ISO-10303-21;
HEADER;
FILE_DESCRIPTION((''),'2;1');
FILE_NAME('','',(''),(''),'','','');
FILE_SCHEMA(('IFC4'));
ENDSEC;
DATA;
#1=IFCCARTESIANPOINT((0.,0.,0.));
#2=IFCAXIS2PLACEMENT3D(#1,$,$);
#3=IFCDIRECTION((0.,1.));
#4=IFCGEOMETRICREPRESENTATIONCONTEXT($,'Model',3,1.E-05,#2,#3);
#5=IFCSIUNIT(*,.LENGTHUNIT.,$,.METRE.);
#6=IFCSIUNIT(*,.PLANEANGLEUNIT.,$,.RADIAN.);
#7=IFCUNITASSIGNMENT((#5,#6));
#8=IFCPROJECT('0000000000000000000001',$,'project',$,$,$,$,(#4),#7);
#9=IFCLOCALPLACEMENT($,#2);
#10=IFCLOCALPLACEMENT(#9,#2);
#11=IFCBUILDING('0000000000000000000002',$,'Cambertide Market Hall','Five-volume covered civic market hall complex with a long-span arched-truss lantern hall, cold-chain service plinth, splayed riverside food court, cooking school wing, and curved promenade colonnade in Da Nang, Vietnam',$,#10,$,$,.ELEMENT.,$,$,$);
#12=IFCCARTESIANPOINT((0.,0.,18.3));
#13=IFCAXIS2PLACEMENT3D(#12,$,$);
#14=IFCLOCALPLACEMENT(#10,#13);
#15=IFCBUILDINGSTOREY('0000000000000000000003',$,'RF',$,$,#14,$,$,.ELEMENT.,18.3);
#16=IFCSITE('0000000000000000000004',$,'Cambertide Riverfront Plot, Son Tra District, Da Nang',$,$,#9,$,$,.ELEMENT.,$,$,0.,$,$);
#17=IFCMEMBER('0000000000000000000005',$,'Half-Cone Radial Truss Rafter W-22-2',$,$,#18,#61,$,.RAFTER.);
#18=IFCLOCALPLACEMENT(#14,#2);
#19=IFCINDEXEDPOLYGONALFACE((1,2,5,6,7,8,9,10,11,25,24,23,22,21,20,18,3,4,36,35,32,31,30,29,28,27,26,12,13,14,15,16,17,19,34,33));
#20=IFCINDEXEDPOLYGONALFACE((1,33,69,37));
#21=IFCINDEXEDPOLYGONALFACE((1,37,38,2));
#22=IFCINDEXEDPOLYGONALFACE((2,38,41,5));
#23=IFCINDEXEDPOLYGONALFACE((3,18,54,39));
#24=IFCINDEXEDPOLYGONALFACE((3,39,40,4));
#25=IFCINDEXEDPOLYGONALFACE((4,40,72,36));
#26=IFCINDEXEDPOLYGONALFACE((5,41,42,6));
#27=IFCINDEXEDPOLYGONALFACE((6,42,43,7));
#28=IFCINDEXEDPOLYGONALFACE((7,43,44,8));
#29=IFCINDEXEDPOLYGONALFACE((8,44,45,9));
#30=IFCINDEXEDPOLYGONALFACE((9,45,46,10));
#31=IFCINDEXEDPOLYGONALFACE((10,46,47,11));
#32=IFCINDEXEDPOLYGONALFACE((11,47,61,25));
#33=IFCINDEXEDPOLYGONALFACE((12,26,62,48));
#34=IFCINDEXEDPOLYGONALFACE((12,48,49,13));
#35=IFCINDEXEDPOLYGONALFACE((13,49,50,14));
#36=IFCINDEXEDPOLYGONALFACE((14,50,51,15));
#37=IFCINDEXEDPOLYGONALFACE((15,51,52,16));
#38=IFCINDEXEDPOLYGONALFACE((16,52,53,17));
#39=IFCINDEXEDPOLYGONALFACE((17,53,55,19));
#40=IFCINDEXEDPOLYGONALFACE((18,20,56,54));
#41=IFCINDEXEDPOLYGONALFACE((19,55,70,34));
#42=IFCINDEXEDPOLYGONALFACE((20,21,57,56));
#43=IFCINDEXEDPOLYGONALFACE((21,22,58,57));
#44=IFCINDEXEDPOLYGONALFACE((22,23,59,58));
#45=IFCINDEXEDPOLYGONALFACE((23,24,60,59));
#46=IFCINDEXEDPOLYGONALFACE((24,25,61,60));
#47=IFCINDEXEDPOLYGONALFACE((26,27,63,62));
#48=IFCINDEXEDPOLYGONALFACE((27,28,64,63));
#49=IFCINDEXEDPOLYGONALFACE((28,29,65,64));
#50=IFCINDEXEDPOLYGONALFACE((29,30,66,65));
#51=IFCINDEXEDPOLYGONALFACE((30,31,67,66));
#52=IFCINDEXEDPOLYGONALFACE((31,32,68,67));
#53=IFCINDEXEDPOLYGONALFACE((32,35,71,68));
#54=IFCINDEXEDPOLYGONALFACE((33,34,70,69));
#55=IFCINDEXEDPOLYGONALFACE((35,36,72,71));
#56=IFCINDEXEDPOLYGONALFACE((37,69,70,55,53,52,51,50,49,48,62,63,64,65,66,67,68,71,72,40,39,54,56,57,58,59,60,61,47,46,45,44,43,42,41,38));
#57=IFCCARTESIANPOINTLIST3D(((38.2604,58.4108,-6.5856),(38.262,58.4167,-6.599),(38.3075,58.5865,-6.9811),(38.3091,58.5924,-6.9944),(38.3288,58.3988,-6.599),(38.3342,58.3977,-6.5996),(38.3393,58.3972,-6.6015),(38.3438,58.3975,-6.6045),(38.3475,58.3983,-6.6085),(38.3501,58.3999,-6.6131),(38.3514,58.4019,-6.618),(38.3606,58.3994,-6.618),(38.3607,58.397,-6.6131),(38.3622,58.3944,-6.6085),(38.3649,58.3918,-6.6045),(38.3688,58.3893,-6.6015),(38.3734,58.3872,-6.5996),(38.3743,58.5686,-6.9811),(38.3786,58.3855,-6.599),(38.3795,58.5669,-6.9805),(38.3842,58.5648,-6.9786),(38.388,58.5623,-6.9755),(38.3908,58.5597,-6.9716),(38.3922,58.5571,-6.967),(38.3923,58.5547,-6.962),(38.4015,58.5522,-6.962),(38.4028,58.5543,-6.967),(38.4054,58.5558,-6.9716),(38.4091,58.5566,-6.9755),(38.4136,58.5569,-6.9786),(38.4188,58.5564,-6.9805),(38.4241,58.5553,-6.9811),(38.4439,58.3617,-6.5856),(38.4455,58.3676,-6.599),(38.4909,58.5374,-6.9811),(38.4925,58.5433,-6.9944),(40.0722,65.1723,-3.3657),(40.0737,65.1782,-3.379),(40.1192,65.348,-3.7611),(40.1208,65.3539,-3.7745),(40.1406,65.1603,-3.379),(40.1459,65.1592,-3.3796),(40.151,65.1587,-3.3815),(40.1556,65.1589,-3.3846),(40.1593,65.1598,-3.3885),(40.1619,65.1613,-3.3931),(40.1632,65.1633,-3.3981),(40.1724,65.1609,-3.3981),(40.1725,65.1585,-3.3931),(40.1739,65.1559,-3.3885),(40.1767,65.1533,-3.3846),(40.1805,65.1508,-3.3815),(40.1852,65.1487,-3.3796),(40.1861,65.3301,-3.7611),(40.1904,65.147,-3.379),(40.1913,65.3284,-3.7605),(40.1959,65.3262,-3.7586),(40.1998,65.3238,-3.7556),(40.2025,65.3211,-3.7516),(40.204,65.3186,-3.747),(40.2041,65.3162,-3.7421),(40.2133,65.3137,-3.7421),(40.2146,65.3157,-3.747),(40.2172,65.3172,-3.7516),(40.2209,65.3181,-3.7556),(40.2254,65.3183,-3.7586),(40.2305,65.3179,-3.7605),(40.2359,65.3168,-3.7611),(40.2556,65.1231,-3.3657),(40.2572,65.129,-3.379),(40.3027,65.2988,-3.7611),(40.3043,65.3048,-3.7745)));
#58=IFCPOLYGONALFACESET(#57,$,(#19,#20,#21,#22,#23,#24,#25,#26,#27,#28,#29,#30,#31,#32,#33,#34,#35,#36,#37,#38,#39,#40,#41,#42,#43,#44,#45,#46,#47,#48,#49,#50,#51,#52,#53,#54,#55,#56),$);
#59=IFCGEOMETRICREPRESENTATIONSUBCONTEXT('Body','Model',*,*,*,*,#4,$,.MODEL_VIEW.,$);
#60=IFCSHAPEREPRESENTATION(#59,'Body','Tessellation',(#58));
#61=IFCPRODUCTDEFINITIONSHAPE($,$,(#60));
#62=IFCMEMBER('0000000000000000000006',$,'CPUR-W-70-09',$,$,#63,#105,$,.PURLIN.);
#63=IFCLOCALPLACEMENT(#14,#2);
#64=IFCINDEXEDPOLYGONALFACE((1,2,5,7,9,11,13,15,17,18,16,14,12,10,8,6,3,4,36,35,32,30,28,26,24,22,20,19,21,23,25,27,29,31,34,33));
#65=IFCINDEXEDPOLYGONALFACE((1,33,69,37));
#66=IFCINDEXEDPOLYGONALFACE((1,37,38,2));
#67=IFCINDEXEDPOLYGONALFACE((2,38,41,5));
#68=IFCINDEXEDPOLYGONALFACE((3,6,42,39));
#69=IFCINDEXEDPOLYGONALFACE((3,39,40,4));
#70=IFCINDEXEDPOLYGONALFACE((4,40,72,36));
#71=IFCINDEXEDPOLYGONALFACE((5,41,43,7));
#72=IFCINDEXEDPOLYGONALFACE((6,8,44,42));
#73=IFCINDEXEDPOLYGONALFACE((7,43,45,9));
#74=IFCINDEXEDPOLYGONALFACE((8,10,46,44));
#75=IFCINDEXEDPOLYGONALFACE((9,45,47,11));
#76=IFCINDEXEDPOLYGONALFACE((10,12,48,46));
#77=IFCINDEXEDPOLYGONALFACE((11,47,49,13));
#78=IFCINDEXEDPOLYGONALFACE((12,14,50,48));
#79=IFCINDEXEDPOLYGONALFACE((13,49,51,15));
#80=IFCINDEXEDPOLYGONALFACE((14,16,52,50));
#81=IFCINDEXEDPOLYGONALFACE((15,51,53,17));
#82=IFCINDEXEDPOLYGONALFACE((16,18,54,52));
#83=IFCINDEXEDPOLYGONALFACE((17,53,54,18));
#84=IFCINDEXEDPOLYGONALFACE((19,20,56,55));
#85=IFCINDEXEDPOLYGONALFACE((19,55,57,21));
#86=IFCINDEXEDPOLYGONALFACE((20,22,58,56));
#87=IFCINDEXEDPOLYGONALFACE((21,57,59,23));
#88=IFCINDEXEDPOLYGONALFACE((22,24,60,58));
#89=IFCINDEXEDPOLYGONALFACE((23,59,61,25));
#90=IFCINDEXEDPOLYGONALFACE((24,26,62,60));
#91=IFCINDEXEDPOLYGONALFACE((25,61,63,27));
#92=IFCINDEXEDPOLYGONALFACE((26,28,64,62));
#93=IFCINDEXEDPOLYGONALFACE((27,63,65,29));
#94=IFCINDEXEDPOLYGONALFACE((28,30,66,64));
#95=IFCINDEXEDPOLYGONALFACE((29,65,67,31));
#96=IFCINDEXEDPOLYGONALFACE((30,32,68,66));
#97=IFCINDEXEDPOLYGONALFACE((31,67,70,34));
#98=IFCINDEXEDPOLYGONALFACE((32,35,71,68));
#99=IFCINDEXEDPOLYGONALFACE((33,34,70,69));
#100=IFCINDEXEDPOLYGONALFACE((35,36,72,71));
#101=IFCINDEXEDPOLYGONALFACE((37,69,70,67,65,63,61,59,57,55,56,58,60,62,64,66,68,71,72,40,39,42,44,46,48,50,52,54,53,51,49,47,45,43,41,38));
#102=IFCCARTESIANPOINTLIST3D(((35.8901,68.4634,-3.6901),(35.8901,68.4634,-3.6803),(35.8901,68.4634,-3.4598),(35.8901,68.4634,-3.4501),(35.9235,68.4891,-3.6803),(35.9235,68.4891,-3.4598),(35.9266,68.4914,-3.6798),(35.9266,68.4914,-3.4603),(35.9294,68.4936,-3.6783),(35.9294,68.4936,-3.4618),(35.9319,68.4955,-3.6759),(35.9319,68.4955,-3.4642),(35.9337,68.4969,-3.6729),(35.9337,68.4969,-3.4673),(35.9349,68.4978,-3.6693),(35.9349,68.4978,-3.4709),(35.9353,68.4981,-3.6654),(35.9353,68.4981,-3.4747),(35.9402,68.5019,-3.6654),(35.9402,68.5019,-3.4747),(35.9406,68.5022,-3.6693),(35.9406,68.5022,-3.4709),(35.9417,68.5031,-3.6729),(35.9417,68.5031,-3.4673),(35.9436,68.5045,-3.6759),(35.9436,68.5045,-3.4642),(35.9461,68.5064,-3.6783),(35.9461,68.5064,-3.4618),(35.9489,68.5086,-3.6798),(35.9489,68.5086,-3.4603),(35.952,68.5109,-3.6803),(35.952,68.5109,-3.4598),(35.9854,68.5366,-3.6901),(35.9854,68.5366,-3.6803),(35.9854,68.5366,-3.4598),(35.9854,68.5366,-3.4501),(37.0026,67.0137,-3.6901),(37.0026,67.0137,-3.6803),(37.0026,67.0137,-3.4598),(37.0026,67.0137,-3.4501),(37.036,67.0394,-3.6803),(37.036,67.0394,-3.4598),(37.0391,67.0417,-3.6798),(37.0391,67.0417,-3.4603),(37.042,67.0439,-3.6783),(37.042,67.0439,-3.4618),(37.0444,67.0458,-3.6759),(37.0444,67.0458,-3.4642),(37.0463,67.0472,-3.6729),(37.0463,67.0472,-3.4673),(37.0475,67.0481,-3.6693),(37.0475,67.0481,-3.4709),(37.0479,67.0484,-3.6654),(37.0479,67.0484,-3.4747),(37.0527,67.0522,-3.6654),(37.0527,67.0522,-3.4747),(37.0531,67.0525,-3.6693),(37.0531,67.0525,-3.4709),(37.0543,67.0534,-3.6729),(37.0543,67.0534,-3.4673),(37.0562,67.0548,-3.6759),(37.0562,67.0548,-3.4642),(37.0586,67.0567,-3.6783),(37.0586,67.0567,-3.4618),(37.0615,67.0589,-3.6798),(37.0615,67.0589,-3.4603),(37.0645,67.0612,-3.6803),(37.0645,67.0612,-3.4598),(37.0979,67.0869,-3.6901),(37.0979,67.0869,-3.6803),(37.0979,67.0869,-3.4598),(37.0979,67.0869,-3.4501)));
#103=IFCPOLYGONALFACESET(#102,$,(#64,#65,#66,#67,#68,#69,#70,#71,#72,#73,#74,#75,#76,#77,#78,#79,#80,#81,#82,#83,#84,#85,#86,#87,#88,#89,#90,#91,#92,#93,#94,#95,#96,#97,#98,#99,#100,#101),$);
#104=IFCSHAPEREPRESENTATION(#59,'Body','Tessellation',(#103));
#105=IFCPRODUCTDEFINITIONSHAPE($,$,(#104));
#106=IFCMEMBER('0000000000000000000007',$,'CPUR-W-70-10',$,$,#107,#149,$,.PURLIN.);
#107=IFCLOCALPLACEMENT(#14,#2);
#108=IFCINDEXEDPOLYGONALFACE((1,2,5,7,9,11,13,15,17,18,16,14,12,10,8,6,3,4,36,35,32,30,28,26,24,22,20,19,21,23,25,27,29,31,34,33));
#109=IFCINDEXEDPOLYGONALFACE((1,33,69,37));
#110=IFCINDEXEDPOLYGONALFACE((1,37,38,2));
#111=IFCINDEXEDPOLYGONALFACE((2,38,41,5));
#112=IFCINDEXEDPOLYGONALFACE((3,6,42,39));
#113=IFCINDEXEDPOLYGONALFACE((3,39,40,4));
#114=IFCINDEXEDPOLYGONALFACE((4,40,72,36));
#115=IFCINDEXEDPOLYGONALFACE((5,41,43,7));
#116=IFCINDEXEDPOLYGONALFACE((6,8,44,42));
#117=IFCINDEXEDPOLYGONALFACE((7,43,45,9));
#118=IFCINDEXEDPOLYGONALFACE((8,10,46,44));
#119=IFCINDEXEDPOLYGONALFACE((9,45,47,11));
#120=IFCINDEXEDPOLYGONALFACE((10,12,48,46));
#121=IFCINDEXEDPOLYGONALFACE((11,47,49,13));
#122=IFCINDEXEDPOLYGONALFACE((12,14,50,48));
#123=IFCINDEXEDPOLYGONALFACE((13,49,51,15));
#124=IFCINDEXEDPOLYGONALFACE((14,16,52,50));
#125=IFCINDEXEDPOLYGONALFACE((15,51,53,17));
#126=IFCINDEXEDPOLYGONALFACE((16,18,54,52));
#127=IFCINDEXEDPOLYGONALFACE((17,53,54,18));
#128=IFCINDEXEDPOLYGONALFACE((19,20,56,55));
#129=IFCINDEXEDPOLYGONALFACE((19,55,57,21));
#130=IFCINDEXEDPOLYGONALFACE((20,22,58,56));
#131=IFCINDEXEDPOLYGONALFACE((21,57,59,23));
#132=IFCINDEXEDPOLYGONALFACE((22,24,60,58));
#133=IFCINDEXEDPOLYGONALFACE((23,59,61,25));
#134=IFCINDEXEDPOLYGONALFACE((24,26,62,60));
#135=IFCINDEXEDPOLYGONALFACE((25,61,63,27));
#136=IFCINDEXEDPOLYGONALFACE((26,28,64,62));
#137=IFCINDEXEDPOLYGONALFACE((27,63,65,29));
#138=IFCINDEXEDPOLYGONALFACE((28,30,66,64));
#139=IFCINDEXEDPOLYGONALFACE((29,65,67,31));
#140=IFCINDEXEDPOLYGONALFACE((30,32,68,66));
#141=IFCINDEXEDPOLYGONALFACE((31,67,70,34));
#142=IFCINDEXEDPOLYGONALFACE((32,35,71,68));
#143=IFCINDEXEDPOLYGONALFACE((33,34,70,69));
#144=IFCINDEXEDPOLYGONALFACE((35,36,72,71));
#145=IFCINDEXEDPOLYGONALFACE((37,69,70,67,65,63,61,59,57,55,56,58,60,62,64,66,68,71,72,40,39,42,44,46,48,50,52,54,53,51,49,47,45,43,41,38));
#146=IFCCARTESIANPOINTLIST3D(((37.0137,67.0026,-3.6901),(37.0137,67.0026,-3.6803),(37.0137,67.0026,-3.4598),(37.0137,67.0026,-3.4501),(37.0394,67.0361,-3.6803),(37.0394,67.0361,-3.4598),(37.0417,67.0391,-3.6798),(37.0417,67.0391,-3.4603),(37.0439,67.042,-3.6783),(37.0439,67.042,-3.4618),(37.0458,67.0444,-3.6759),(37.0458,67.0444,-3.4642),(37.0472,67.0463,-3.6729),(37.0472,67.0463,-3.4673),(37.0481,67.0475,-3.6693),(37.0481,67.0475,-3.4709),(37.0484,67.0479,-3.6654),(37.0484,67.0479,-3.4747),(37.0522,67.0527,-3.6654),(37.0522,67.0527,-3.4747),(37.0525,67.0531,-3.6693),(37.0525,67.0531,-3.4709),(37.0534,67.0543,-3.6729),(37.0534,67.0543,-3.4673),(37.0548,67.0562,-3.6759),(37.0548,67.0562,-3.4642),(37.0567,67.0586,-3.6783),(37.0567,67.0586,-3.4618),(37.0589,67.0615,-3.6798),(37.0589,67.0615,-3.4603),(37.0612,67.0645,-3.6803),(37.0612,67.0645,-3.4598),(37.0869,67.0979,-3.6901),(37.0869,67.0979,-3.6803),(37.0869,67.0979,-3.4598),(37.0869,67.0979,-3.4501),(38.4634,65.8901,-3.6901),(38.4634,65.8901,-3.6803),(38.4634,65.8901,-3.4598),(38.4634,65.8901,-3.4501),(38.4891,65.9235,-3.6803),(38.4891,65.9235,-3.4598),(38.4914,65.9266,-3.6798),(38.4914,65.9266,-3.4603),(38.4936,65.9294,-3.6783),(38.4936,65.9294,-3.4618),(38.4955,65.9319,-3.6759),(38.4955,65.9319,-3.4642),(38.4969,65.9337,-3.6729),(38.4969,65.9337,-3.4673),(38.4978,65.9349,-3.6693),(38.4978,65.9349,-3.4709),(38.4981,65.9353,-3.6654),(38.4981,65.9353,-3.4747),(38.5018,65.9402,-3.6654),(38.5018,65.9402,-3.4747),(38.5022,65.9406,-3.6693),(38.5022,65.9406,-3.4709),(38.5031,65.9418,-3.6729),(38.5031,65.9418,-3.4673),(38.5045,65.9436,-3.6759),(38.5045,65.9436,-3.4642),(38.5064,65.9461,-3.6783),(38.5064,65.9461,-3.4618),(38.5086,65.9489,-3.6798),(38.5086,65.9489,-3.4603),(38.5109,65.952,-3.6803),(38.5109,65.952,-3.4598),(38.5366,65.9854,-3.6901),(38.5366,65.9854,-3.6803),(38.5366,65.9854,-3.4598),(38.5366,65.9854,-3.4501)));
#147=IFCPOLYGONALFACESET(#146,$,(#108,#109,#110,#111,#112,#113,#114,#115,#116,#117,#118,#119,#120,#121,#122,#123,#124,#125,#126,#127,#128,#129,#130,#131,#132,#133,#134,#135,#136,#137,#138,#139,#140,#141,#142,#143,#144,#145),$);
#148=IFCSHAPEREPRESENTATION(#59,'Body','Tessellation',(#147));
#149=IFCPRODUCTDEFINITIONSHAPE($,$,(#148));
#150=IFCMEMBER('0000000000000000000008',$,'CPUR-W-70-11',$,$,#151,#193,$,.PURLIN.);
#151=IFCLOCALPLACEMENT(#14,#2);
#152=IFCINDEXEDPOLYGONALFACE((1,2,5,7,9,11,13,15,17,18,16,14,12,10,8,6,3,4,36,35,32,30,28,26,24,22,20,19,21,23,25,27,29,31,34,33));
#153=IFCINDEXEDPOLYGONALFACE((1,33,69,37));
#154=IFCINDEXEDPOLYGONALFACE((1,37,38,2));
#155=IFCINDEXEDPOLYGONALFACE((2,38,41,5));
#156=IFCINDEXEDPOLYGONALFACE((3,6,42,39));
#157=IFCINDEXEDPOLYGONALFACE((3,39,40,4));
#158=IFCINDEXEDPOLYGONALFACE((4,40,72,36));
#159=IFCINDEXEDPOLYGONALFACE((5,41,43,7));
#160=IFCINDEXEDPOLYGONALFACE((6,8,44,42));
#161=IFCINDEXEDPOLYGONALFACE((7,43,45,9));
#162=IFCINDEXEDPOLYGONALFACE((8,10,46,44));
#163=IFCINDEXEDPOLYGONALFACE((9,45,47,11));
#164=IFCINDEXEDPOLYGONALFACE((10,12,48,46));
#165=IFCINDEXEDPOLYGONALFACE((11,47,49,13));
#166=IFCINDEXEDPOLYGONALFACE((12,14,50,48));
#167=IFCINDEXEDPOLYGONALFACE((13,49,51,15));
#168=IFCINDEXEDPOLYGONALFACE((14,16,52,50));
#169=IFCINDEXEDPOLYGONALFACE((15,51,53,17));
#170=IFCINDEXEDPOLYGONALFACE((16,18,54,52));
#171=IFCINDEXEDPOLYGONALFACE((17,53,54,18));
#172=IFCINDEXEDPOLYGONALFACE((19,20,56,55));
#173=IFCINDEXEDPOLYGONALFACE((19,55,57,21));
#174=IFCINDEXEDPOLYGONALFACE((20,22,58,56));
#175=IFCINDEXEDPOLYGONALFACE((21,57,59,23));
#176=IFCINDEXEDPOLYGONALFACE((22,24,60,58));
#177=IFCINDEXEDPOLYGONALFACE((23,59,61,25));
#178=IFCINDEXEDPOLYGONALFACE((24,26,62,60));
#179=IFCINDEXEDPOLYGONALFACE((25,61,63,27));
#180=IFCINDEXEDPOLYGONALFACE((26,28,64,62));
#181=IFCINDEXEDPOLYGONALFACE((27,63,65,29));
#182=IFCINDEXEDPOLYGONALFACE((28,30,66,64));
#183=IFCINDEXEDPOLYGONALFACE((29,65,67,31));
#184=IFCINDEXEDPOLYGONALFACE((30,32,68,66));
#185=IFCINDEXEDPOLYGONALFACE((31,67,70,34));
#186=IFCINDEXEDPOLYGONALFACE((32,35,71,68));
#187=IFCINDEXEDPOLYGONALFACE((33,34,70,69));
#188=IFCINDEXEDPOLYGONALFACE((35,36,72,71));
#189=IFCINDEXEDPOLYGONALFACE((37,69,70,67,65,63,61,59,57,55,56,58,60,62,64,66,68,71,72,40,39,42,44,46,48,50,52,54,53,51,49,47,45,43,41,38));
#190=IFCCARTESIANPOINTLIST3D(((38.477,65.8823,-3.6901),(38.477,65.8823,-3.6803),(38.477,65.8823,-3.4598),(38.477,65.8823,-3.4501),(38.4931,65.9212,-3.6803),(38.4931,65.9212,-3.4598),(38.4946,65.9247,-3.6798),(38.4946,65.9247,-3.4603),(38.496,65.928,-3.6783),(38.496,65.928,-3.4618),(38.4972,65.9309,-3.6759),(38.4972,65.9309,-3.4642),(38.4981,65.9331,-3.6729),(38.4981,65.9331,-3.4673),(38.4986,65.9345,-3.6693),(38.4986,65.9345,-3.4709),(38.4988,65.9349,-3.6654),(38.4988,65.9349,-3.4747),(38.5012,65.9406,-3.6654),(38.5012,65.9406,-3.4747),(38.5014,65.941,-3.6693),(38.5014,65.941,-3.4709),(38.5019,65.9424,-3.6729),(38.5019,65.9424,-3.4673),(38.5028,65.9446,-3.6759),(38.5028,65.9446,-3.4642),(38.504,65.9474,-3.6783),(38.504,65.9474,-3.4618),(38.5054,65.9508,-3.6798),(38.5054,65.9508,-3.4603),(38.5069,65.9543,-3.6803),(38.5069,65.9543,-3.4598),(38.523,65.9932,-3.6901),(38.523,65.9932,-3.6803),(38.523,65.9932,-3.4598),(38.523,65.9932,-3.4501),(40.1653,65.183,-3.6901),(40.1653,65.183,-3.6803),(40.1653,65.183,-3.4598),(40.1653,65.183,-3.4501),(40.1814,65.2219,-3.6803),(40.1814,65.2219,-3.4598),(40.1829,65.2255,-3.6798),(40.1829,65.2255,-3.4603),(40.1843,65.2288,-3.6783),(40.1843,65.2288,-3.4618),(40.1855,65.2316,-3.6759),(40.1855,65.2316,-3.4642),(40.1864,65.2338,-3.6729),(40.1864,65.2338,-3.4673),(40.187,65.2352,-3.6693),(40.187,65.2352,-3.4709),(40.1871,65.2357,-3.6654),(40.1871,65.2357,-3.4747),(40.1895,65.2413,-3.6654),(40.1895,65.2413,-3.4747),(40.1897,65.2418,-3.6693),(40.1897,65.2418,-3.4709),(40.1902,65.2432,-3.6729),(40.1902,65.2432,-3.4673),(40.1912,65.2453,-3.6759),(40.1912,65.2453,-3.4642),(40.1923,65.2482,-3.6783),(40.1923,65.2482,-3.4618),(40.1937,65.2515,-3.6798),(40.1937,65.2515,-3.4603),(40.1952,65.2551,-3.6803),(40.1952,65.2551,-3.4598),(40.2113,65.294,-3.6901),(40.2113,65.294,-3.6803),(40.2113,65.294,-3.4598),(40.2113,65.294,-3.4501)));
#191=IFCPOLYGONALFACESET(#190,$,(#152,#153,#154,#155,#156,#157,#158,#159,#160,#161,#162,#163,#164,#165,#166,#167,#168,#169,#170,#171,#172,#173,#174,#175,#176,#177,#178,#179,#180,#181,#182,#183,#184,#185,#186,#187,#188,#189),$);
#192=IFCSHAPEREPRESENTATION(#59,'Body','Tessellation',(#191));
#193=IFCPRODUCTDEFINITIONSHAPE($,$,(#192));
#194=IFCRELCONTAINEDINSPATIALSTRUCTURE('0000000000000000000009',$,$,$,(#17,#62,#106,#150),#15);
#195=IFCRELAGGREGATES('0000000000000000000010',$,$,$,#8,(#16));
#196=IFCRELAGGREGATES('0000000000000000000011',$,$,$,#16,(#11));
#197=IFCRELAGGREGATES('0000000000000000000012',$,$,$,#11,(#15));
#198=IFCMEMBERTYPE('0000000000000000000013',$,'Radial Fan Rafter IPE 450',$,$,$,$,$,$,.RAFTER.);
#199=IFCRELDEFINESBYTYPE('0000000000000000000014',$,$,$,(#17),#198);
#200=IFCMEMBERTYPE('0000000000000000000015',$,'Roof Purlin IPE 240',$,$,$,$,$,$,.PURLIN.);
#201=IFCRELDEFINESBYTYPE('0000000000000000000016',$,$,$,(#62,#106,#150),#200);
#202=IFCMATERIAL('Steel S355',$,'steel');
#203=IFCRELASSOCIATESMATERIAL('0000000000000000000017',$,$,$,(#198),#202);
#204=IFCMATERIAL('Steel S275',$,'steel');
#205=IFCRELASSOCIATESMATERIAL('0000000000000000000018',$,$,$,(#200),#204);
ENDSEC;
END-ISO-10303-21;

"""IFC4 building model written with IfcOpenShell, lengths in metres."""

from ifc_helpers import new_model, si_unit, direction, frame, origin, origin_2d, place, context, subcontext, project, spatial, i_section, extrude, material, material_profile, profile_set, type_object, element, save


model = new_model("IFC4")

# Units and contexts
model_context = context("Model", 3, precision=1e-05, world=origin(), true_north=direction((0.0, 1.0)))
body_context = subcontext(model_context, "Body", "Model", "MODEL_VIEW")
ifc_project = project(units=[si_unit("LENGTHUNIT", "METRE"), si_unit("PLANEANGLEUNIT", "RADIAN")], contexts=[model_context])

# Site, building, storey
site_placement = place(None, origin())
site = spatial("IfcSite", under=ifc_project, at=site_placement, Name="Cambertide Riverfront Plot, Son Tra District, Da Nang", CompositionType="ELEMENT", RefElevation=0.0)
building_placement = place(site_placement, origin())
building = spatial("IfcBuilding", under=site, at=building_placement, Name="Cambertide Market Hall", Description="Five-volume covered civic market hall complex with a long-span arched-truss lantern hall, cold-chain service plinth, splayed riverside food court, cooking school wing, and curved promenade colonnade in Da Nang, Vietnam", CompositionType="ELEMENT")
storey_placement = place(building_placement, frame((0.0, 0.0, 18.3)))
storey = spatial("IfcBuildingStorey", under=building, at=storey_placement, Name="RF", CompositionType="ELEMENT", Elevation=18.3)

# Members
ifc_material_1 = material(Name="Steel S355", Category="steel")
ifc_material_profile_1 = material_profile(ifc_material_1, i_section(OverallWidth=0.1899, OverallDepth=0.45, WebThickness=0.0095, FlangeThickness=0.0146, FilletRadius=0.021, at=origin_2d()), Name="IPE 450")
ifc_profile_set_1 = profile_set([ifc_material_profile_1], Name="Steel S355")
member_type_1 = type_object("IfcMemberType", Name="Radial Fan Rafter IPE 450", PredefinedType="RAFTER", material=ifc_profile_set_1)
member_1_placement = place(storey_placement, frame((40.1882, 65.2385, -3.5701), z_axis=(-0.235139, -0.877535, -0.417902), x_axis=(0.965925, -0.258824, 0.0)))
element("IfcMember", 1, at=member_1_placement, inside=storey, type_object=member_type_1, Name="Half-Cone Radial Truss Rafter W-22-2", PredefinedType="RAFTER", context=body_context, shape_type="SweptSolid", body=[
    extrude(i_section(OverallWidth=0.1899, OverallDepth=0.45, WebThickness=0.0095, FlangeThickness=0.0146, FilletRadius=0.021, at=origin_2d()), origin(), (0.0, 0.0, 1.0), 7.7051),
])
ifc_material_2 = material(Name="Steel S275", Category="steel")
ifc_material_profile_2 = material_profile(ifc_material_2, i_section(OverallWidth=0.1201, OverallDepth=0.24, WebThickness=0.0061, FlangeThickness=0.0098, FilletRadius=0.0149, at=origin_2d()), Name="IPE 240")
ifc_profile_set_2 = profile_set([ifc_material_profile_2], Name="Steel S275")
member_type_2 = type_object("IfcMemberType", Name="Roof Purlin IPE 240", PredefinedType="PURLIN", material=ifc_profile_set_2)
for number, where, z_axis, x_axis, name in (
    (2, (35.9377, 68.5, -3.5701), (0.608813, -0.793314, 0.0), (0.793314, 0.608813, 0.0), "CPUR-W-70-09"),
    (3, (37.0503, 67.0503, -3.5701), (0.793314, -0.608813, 0.0), (0.608813, 0.793314, 0.0), "CPUR-W-70-10"),
    (4, (38.5, 65.9377, -3.5701), (0.923893, -0.382651, 0.0), (0.382651, 0.923893, 0.0), "CPUR-W-70-11"),
):
    element("IfcMember", number, at=place(storey_placement, frame(where, z_axis=z_axis, x_axis=x_axis)), inside=storey, type_object=member_type_2, Name=name, PredefinedType="PURLIN", context=body_context, shape_type="SweptSolid", body=[
        extrude(i_section(OverallWidth=0.1201, OverallDepth=0.24, WebThickness=0.0061, FlangeThickness=0.0098, FilletRadius=0.0149, at=origin_2d()), origin(), (0.0, 0.0, 1.0), 1.8274),
    ])

save(model, "model.ifc")
